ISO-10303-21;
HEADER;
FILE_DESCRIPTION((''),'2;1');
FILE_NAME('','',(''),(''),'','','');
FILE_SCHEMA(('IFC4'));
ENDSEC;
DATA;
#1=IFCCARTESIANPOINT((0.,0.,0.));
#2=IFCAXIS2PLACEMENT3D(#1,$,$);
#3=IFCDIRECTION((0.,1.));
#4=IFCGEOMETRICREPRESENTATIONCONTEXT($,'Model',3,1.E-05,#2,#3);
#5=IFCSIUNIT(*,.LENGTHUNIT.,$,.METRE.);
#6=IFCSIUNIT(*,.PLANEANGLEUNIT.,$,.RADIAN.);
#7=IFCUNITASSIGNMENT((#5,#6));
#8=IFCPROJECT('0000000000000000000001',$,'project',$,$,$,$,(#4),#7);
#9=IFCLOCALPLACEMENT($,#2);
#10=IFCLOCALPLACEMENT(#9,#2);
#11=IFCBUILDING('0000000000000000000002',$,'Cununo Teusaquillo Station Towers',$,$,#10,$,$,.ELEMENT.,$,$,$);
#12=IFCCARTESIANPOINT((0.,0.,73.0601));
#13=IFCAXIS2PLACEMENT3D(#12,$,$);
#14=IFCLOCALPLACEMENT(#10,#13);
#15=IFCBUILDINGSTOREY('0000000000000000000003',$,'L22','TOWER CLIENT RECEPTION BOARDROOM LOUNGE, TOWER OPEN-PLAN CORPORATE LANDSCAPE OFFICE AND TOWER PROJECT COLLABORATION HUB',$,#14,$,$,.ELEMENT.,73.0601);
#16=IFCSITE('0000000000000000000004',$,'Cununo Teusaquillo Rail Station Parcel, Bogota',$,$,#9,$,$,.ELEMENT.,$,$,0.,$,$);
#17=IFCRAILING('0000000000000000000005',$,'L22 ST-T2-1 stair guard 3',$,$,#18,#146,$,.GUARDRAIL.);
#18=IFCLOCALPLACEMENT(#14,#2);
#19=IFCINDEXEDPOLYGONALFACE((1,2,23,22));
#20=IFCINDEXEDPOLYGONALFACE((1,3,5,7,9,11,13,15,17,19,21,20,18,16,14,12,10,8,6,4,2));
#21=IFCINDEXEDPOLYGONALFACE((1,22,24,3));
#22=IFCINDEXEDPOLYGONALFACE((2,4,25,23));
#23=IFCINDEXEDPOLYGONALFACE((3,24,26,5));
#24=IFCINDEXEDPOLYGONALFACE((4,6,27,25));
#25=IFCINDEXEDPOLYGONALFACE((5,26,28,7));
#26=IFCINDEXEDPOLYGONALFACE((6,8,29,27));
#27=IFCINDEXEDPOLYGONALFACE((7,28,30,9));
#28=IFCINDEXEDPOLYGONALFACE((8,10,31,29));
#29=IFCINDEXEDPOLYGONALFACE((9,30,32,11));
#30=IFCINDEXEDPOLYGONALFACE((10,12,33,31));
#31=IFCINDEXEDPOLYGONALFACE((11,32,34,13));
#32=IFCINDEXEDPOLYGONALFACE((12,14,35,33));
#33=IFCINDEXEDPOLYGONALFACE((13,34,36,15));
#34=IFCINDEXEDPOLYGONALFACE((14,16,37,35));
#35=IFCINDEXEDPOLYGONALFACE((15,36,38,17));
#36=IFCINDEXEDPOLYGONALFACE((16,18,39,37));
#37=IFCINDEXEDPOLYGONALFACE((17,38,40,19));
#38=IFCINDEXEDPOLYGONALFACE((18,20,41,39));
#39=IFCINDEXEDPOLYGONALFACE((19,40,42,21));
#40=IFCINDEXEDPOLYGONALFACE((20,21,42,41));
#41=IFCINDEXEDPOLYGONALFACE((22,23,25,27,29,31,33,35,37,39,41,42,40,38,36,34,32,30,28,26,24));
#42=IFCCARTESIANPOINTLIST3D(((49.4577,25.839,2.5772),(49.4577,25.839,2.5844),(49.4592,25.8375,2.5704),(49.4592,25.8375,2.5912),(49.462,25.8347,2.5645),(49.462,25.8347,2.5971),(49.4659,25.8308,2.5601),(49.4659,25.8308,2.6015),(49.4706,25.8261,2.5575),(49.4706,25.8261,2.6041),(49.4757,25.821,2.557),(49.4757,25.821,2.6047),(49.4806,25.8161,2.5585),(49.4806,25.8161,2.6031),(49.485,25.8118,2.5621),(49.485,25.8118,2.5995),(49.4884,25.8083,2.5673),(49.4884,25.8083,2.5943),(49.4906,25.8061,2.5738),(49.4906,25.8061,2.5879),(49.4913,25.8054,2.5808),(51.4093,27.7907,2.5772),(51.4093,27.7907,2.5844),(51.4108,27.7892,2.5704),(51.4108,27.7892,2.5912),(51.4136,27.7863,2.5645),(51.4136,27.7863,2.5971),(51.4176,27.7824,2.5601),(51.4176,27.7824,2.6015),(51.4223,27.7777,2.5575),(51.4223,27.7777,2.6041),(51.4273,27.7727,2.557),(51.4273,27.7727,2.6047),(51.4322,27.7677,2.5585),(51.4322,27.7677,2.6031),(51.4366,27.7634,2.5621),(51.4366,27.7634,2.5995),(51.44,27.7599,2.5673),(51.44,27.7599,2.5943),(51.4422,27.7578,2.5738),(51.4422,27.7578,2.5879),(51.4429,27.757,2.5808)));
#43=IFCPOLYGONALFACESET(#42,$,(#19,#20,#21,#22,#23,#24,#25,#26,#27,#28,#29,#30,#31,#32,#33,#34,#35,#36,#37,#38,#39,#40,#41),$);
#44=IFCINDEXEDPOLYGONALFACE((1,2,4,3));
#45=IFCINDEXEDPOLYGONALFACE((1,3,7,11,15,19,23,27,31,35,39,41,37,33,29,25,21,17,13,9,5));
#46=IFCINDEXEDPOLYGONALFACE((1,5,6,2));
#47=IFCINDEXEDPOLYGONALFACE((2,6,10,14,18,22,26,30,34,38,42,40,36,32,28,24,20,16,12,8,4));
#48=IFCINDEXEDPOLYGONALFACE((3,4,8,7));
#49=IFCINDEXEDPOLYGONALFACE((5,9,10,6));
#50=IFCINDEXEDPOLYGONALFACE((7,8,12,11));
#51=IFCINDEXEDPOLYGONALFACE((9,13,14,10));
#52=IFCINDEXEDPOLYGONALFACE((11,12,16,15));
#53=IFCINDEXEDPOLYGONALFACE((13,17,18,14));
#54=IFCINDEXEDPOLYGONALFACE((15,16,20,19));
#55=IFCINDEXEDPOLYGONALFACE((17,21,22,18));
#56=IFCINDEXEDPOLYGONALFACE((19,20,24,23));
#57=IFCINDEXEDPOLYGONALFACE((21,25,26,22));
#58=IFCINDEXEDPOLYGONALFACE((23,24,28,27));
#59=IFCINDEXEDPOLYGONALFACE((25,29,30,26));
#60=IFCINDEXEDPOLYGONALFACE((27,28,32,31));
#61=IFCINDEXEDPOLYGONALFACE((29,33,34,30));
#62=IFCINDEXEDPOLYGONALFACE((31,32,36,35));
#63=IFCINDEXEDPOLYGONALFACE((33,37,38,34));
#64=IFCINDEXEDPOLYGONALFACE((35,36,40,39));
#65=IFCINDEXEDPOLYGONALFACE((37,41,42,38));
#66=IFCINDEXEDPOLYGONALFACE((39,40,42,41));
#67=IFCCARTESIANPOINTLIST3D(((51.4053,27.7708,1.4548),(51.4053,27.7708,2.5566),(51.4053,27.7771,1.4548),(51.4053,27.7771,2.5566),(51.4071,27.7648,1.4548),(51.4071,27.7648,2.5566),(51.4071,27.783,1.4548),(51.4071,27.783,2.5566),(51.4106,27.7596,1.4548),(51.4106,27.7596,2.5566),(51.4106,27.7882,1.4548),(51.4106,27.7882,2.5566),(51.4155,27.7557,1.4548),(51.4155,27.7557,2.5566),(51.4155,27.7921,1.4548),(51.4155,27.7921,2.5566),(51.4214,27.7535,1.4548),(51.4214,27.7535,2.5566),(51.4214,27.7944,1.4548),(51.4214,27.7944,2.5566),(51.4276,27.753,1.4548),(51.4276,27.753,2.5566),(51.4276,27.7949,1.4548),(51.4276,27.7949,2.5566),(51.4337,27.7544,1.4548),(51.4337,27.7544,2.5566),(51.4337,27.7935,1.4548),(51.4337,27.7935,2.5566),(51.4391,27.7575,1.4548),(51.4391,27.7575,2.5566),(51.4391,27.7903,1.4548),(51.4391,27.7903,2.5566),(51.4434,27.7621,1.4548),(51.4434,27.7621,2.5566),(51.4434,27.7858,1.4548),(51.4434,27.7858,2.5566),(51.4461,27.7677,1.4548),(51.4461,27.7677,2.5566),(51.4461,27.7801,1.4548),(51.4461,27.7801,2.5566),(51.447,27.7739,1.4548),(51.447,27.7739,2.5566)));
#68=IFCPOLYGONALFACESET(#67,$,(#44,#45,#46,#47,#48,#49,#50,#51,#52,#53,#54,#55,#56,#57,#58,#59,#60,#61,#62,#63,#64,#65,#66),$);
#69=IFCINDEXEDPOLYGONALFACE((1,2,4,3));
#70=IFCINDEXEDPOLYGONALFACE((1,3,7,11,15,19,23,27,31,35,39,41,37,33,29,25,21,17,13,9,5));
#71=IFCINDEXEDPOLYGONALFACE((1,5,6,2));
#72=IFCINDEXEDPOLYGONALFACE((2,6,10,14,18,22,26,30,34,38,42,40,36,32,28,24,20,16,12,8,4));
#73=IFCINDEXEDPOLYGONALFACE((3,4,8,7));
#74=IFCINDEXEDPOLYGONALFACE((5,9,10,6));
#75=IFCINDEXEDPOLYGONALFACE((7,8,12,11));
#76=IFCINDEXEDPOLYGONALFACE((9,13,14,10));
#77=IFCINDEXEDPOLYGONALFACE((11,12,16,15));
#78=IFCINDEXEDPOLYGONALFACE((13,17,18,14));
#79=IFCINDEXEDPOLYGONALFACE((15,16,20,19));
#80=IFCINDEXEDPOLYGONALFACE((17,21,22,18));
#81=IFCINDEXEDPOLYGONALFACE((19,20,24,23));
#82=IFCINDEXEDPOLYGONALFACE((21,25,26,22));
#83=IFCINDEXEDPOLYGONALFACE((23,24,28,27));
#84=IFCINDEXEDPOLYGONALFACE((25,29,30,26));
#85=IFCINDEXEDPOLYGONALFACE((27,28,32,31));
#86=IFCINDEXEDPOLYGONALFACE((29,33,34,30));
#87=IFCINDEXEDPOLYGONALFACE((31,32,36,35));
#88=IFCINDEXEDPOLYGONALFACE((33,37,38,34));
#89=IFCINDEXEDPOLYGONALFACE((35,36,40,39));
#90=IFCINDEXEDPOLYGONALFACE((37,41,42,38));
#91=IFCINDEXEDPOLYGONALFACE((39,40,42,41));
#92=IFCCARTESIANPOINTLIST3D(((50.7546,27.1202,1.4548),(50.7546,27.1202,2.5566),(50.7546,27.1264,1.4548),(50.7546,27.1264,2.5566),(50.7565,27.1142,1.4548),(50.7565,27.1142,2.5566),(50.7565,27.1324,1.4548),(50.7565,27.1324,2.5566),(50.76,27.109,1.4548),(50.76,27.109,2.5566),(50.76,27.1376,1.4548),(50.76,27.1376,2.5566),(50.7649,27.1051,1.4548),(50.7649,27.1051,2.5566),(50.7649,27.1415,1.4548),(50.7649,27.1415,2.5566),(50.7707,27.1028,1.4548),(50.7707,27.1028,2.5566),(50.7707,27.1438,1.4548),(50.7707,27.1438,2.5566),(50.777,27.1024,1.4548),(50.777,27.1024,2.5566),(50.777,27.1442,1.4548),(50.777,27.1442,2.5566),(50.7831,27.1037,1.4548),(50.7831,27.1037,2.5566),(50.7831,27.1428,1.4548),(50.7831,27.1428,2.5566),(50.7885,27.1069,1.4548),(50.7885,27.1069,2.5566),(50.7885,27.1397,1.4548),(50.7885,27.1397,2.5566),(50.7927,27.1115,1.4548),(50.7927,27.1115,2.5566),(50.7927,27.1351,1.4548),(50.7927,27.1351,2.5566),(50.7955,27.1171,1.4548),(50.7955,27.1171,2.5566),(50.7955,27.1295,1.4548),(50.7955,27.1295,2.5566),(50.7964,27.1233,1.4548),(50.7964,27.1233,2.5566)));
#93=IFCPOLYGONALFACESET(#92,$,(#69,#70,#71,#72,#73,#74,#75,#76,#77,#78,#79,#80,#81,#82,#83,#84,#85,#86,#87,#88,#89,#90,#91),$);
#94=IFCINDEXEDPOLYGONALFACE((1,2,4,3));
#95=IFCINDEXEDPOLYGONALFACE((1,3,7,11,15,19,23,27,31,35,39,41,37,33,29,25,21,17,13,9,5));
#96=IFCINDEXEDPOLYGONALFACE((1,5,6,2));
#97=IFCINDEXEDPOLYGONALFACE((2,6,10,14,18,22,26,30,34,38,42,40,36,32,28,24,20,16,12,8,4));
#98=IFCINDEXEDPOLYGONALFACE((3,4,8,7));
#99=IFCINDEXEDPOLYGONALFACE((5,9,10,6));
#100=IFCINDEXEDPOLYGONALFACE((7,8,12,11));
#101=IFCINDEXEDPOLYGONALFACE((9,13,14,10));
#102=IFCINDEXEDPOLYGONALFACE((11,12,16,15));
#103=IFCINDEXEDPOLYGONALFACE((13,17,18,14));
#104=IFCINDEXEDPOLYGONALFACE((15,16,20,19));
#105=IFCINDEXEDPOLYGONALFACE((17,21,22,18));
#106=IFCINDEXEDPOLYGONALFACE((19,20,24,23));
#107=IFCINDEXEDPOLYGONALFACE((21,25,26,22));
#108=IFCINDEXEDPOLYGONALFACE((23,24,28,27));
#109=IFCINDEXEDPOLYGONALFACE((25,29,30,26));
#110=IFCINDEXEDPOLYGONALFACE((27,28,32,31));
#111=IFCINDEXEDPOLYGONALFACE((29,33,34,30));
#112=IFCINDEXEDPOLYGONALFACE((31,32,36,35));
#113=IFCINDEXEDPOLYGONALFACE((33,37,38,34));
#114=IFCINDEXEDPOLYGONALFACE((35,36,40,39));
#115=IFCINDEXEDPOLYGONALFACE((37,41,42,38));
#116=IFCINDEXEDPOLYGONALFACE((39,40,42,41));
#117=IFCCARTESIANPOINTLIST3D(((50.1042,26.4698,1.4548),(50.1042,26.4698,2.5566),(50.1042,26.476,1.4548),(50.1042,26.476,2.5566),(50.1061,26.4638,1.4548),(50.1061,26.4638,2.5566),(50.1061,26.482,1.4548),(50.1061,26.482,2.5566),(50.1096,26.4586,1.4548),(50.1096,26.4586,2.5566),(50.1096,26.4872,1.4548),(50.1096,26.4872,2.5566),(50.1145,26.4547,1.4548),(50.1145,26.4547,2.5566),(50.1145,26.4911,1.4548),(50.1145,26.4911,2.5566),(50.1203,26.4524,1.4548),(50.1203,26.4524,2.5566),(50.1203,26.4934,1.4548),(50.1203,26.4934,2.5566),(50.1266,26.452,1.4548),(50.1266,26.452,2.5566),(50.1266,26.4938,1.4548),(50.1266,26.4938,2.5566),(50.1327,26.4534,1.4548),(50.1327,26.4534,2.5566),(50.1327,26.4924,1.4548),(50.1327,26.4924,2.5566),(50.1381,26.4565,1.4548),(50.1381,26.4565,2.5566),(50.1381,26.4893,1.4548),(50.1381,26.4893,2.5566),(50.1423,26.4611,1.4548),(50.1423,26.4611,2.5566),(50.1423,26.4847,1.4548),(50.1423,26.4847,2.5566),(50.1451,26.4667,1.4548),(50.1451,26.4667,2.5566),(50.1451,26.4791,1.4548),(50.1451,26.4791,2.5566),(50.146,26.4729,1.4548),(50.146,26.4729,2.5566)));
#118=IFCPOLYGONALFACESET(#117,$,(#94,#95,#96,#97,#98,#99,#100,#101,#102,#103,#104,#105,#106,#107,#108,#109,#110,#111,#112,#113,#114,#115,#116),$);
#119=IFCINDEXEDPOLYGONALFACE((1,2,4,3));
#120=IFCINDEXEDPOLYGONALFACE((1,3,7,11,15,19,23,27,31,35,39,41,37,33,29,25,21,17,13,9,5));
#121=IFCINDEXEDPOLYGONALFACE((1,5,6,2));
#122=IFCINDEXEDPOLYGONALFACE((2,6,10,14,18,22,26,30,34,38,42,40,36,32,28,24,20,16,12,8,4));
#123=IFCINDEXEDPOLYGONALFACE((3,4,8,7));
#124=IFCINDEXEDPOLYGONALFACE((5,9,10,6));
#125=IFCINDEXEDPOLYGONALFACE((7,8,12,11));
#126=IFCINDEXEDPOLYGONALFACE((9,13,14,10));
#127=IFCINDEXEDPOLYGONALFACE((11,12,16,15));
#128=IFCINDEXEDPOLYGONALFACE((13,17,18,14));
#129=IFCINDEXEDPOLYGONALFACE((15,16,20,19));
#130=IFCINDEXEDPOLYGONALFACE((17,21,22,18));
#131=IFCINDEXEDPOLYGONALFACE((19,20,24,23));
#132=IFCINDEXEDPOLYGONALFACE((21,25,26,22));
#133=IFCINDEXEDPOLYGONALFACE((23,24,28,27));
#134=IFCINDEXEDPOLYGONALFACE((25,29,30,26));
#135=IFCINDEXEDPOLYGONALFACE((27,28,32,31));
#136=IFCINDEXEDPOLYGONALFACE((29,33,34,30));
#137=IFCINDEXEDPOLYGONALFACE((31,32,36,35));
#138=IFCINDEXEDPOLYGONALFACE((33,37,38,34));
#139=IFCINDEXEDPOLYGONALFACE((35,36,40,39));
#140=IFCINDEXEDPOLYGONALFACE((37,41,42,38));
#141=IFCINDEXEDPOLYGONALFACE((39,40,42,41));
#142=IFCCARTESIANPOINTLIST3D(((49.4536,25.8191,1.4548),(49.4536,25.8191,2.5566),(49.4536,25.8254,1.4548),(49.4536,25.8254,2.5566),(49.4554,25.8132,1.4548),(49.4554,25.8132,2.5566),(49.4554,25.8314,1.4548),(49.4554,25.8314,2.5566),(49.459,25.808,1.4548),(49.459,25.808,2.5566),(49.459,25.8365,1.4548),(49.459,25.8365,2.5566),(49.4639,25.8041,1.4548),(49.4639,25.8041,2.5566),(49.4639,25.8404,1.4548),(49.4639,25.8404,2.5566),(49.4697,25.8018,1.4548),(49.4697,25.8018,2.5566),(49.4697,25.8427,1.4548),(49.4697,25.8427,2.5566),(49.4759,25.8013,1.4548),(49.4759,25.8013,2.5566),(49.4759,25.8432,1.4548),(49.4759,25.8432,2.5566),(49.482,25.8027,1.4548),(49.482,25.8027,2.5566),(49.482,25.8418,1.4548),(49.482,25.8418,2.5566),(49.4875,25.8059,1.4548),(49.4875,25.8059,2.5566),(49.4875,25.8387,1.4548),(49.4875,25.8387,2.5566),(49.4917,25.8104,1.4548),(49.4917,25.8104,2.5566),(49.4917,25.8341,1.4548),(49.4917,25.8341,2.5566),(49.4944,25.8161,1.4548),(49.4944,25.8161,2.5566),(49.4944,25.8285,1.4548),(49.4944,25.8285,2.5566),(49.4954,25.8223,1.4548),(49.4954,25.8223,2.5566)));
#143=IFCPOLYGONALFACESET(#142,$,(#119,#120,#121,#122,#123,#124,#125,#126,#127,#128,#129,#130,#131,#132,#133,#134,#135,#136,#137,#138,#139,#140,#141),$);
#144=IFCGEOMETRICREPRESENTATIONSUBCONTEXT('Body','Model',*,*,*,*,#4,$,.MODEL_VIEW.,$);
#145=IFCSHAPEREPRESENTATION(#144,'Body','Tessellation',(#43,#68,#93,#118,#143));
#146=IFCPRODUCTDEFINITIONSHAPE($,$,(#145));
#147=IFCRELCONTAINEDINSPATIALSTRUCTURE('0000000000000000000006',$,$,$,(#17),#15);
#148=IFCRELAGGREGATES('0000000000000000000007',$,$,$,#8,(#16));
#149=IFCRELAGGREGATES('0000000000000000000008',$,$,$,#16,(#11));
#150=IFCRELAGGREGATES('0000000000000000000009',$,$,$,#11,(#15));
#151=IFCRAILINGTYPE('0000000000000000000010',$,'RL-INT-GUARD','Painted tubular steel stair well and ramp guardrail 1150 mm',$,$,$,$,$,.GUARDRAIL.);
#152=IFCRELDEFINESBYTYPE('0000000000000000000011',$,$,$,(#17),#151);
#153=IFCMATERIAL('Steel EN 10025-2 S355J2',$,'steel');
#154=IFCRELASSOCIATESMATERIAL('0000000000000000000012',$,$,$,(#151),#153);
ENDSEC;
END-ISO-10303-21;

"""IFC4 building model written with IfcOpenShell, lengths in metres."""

from ifc_helpers import new_model, si_unit, direction, frame, origin, origin_2d, place, context, subcontext, project, spatial, circle, extrude, material, type_object, element, save


model = new_model("IFC4")

# Units and contexts
model_context = context("Model", 3, precision=1e-05, world=origin(), true_north=direction((0.0, 1.0)))
body_context = subcontext(model_context, "Body", "Model", "MODEL_VIEW")
ifc_project = project(units=[si_unit("LENGTHUNIT", "METRE"), si_unit("PLANEANGLEUNIT", "RADIAN")], contexts=[model_context])

# Site, building, storey
site_placement = place(None, origin())
site = spatial("IfcSite", under=ifc_project, at=site_placement, Name="Cununo Teusaquillo Rail Station Parcel, Bogota", CompositionType="ELEMENT", RefElevation=0.0)
building_placement = place(site_placement, origin())
building = spatial("IfcBuilding", under=site, at=building_placement, Name="Cununo Teusaquillo Station Towers", CompositionType="ELEMENT")
storey_placement = place(building_placement, frame((0.0, 0.0, 73.0601)))
storey = spatial("IfcBuildingStorey", under=building, at=storey_placement, Name="L22", Description="TOWER CLIENT RECEPTION BOARDROOM LOUNGE, TOWER OPEN-PLAN CORPORATE LANDSCAPE OFFICE AND TOWER PROJECT COLLABORATION HUB", CompositionType="ELEMENT", Elevation=73.0601)

# Railing
ifc_material_1 = material(Name="Steel EN 10025-2 S355J2", Category="steel")
railing_type = type_object("IfcRailingType", Name="RL-INT-GUARD", Description="Painted tubular steel stair well and ramp guardrail 1150 mm", PredefinedType="GUARDRAIL", material=ifc_material_1)
railing_1_placement = place(storey_placement, frame((51.426, 27.7739, 1.4548)))
element("IfcRailing", 1, at=railing_1_placement, inside=storey, type_object=railing_type, Name="L22 ST-T2-1 stair guard 3", PredefinedType="GUARDRAIL", context=body_context, shape_type="SweptSolid", body=[
    extrude(circle(Radius=0.0239, at=origin_2d()), frame((0.0, 0.0, 1.126), z_axis=(-0.707107, -0.707107, 0.0), x_axis=(0.707107, -0.707107, 0.0)), (0.0, 0.0, 1.0), 2.76),
    extrude(circle(Radius=0.021, at=origin_2d()), origin(), (0.0, 0.0, 1.0), 1.1018),
    extrude(circle(Radius=0.021, at=origin_2d()), frame((-0.6506, -0.6506, 0.0)), (0.0, 0.0, 1.0), 1.1018),
    extrude(circle(Radius=0.021, at=origin_2d()), frame((-1.301, -1.301, 0.0)), (0.0, 0.0, 1.0), 1.1018),
    extrude(circle(Radius=0.021, at=origin_2d()), frame((-1.9517, -1.9517, 0.0)), (0.0, 0.0, 1.0), 1.1018),
])

save(model, "model.ifc")
